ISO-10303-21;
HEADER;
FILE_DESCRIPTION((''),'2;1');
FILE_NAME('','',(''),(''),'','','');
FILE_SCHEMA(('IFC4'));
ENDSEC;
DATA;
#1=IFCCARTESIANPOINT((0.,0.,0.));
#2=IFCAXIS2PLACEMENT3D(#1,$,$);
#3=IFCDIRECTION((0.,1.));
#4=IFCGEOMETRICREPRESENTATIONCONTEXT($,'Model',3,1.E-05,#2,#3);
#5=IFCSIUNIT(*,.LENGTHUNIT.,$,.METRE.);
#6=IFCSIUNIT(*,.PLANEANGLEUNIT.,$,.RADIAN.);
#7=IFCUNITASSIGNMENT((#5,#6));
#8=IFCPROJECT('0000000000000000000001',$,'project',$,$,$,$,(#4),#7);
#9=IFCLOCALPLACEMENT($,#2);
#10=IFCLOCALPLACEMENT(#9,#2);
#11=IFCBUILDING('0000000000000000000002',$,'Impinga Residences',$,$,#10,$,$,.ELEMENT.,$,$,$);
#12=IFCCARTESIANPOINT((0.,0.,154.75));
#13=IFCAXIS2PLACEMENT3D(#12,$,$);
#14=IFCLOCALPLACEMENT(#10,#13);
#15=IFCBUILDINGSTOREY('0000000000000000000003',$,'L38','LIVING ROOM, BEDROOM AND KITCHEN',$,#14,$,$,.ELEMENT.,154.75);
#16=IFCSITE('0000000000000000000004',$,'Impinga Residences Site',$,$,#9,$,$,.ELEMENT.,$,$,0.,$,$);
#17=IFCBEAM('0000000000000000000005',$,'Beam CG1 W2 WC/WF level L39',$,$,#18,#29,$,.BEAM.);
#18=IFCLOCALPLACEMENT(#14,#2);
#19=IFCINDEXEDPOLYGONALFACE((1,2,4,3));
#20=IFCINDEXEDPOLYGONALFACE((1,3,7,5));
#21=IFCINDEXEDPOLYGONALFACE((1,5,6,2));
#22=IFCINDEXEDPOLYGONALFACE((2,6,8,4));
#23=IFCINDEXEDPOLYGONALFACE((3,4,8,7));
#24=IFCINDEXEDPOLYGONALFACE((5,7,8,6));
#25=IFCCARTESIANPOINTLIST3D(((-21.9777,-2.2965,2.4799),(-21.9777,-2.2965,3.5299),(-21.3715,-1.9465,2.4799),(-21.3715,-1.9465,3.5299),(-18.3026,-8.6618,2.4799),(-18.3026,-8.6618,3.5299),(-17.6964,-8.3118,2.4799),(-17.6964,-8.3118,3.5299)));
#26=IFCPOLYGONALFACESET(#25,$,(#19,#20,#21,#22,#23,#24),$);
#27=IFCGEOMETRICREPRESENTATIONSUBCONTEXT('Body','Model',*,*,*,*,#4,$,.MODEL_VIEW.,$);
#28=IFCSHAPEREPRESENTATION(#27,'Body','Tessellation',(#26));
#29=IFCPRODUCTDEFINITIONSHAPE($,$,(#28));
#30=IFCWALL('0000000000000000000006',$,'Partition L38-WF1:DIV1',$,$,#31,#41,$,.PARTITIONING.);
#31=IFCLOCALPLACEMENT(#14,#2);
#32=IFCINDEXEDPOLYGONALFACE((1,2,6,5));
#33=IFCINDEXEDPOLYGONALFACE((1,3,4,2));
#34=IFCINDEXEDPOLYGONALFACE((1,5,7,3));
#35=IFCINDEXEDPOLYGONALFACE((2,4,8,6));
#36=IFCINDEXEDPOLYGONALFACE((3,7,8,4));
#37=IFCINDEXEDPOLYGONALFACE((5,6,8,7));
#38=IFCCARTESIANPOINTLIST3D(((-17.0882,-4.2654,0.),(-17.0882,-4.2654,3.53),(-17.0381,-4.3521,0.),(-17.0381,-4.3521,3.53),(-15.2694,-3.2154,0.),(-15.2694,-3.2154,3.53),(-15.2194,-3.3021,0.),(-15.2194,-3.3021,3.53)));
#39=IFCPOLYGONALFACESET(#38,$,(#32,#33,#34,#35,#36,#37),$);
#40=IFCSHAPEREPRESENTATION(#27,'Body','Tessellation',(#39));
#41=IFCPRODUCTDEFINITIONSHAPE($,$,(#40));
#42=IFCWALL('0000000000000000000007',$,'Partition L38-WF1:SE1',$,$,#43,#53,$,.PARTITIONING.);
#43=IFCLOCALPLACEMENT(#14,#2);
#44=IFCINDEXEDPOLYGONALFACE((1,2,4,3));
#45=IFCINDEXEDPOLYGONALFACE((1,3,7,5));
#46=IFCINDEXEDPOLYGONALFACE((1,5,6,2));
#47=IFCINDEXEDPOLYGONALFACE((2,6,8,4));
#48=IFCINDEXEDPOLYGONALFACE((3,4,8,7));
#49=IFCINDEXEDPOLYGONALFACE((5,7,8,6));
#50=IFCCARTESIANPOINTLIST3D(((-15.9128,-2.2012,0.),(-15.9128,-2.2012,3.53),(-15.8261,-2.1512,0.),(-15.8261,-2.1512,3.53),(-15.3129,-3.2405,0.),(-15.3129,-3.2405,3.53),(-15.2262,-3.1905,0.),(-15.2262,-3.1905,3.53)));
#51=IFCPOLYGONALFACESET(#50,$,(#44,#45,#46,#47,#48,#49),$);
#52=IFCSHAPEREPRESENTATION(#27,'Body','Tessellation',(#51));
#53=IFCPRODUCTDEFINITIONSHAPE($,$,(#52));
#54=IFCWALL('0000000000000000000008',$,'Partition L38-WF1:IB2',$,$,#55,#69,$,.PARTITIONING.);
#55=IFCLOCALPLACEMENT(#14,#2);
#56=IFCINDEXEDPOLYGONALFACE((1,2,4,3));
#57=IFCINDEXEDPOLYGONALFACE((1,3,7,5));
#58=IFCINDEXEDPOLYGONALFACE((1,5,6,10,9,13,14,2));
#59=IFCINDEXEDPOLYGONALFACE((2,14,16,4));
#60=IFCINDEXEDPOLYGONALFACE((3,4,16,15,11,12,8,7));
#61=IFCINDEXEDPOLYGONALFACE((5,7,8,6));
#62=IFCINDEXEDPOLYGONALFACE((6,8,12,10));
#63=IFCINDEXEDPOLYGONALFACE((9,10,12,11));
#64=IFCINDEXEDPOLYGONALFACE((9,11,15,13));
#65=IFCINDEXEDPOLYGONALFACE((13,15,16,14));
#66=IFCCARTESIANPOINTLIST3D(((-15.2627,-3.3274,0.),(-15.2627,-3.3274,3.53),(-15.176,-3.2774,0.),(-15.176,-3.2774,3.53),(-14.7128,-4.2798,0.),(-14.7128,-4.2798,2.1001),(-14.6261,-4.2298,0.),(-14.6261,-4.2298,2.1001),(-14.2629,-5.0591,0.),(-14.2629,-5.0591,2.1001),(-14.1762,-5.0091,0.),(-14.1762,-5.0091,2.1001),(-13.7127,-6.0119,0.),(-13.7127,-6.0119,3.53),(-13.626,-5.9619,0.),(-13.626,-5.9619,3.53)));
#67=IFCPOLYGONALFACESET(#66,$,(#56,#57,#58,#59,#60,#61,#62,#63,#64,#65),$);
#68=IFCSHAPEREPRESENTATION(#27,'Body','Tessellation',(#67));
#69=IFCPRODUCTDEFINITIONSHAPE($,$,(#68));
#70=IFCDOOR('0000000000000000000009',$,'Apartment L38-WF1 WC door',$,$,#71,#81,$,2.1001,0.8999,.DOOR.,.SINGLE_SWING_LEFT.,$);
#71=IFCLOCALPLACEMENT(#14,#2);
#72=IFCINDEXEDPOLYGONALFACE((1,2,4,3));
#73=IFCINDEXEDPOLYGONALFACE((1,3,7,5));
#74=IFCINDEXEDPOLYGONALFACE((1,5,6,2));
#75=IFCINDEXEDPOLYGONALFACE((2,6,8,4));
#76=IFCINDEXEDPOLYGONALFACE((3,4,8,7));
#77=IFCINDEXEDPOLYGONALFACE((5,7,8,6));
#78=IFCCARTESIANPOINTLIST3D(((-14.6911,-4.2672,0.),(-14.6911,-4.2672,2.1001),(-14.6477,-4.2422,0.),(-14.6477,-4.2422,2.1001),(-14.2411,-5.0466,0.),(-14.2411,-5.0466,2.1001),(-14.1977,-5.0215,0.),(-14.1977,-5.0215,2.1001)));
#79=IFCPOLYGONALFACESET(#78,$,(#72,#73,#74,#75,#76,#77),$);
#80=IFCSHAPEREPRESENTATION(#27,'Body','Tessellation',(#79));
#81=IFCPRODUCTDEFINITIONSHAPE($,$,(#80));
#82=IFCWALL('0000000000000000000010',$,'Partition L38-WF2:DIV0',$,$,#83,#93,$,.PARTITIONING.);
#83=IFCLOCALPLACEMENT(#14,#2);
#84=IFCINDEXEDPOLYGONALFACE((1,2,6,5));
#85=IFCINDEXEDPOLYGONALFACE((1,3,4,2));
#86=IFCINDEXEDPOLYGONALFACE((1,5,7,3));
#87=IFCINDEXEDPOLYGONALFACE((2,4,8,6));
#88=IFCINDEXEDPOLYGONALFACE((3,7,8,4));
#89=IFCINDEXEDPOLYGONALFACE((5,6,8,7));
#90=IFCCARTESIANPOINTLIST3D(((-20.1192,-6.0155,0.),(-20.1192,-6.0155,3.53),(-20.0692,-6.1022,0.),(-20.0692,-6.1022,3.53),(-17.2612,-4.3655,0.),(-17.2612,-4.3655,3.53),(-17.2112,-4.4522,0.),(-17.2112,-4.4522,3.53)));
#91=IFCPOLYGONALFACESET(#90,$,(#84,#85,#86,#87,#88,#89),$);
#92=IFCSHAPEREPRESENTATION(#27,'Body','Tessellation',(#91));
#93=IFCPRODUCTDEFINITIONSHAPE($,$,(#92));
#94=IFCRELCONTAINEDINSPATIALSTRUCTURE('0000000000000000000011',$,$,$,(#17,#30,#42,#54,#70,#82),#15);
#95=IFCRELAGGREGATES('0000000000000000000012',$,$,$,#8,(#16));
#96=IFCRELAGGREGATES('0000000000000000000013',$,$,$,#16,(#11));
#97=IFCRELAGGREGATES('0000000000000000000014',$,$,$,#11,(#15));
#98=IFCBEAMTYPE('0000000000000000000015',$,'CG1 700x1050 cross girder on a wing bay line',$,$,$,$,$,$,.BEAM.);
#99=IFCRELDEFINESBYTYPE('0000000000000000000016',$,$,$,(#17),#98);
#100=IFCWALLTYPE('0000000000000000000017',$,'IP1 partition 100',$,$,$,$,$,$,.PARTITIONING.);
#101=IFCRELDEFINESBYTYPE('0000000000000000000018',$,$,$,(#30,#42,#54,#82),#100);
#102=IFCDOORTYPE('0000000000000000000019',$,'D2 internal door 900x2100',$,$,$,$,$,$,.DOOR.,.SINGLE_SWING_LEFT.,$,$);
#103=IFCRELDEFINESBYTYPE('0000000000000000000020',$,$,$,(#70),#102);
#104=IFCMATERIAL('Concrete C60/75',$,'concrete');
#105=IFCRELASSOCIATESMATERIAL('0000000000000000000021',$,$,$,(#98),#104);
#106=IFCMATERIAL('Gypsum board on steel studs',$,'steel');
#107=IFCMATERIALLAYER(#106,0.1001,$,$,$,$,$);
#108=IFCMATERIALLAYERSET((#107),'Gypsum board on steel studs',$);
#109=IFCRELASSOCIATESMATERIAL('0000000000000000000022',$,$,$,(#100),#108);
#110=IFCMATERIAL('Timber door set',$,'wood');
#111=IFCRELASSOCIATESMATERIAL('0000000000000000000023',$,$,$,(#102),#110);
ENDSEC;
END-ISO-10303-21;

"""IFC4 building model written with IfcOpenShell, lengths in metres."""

from ifc_helpers import new_model, si_unit, direction, frame, frame_2d, origin, origin_2d, place, context, subcontext, project, spatial, rectangle, extrude, material, layer, layer_set, material_profile, profile_set, type_object, element, fill, save


model = new_model("IFC4")

# Units and contexts
model_context = context("Model", 3, precision=1e-05, world=origin(), true_north=direction((0.0, 1.0)))
body_context = subcontext(model_context, "Body", "Model", "MODEL_VIEW")
ifc_project = project(units=[si_unit("LENGTHUNIT", "METRE"), si_unit("PLANEANGLEUNIT", "RADIAN")], contexts=[model_context])

# Site, building, storey
site_placement = place(None, origin())
site = spatial("IfcSite", under=ifc_project, at=site_placement, Name="Impinga Residences Site", CompositionType="ELEMENT", RefElevation=0.0)
building_placement = place(site_placement, origin())
building = spatial("IfcBuilding", under=site, at=building_placement, Name="Impinga Residences", CompositionType="ELEMENT")
storey_placement = place(building_placement, frame((0.0, 0.0, 154.75)))
storey = spatial("IfcBuildingStorey", under=building, at=storey_placement, Name="L38", Description="LIVING ROOM, BEDROOM AND KITCHEN", CompositionType="ELEMENT", Elevation=154.75)

# Beam
ifc_material_1 = material(Name="Concrete C60/75", Category="concrete")
ifc_material_profile = material_profile(ifc_material_1, rectangle(XDim=0.7, YDim=1.05, at=origin_2d()), Name="RC 700x1050")
ifc_profile_set = profile_set([ifc_material_profile], Name="Concrete C60/75")
beam_type = type_object("IfcBeamType", Name="CG1 700x1050 cross girder on a wing bay line", PredefinedType="BEAM", material=ifc_profile_set)
beam_placement = place(storey_placement, frame((-17.9995, -8.4868, 3.0049), z_axis=(-0.500008, 0.866021, 0.0), x_axis=(-0.866021, -0.500008, 0.0)))
element("IfcBeam", 1, at=beam_placement, inside=storey, type_object=beam_type, Name="Beam CG1 W2 WC/WF level L39", PredefinedType="BEAM", context=body_context, shape_type="SweptSolid", body=[
    extrude(rectangle(XDim=0.7, YDim=1.05, at=origin_2d()), origin(), (0.0, 0.0, 1.0), 7.3501),
])

# Walls
ifc_material_2 = material(Name="Gypsum board on steel studs", Category="steel")
ifc_layer_1 = layer(ifc_material_2, 0.1001)
ifc_layer_set_1 = layer_set([ifc_layer_1], Name="Gypsum board on steel studs")
wall_type_1 = type_object("IfcWallType", Name="IP1 partition 100", PredefinedType="PARTITIONING", material=ifc_layer_set_1)
wall_1_placement = place(storey_placement, frame((-15.2444, -3.2588, 0.0), z_axis=(0.0, 0.0, 1.0), x_axis=(-0.866038, -0.499977, 0.0)))
element("IfcWall", 2, at=wall_1_placement, inside=storey, type_object=wall_type_1, Name="Partition L38-WF1:DIV1", PredefinedType="PARTITIONING", context=body_context, shape_type="SweptSolid", body=[
    extrude(rectangle(XDim=2.1001, YDim=0.1001, at=frame_2d((1.05, 0.0))), origin(), (0.0, 0.0, 1.0), 3.53),
])
wall_2_placement = place(storey_placement, frame((-15.2695, -3.2156, 0.0), z_axis=(0.0, 0.0, 1.0), x_axis=(-0.499881, 0.866094, 0.0)))
element("IfcWall", 3, at=wall_2_placement, inside=storey, type_object=wall_type_1, Name="Partition L38-WF1:SE1", PredefinedType="PARTITIONING", context=body_context, shape_type="SweptSolid", body=[
    extrude(rectangle(XDim=1.2, YDim=0.1001, at=frame_2d((0.6001, 0.0))), origin(), (0.0, 0.0, 1.0), 3.53),
])

# Wall, opening, door
wall_3_placement = place(storey_placement, frame((-13.6694, -5.9868, 0.0), z_axis=(0.0, 0.0, 1.0), x_axis=(-0.500027, 0.86601, 0.0)))
wall_3 = element("IfcWall", 4, at=wall_3_placement, inside=storey, type_object=wall_type_1, Name="Partition L38-WF1:IB2", PredefinedType="PARTITIONING", context=body_context, shape_type="SweptSolid", body=[
    extrude(rectangle(XDim=3.0999, YDim=0.1001, at=frame_2d((1.5498, 0.0))), origin(), (0.0, 0.0, 1.0), 3.53),
])
opening_1_placement = place(wall_3_placement, frame((1.1001, 0.0, 0.0)))
opening_1 = element("IfcOpeningElement", 5, at=opening_1_placement, cuts=wall_3, PredefinedType="OPENING", context=body_context, shape_type="SweptSolid", body=[
    extrude(rectangle(XDim=0.8999, YDim=2.1001, at=frame_2d((0.45, 1.05))), frame((0.0, 0.0601, 0.0), z_axis=(0.0, -1.0, 0.0), x_axis=(1.0, 0.0, 0.0)), (0.0, 0.0, 1.0), 0.1201),
])
ifc_material_3 = material(Name="Timber door set", Category="wood")
door_type = type_object("IfcDoorType", Name="D2 internal door 900x2100", OperationType="SINGLE_SWING_LEFT", PredefinedType="DOOR", material=ifc_material_3)
door_1_placement = place(opening_1_placement, origin())
door_1 = element("IfcDoor", 6, at=door_1_placement, inside=storey, type_object=door_type, Name="Apartment L38-WF1 WC door", OperationType="SINGLE_SWING_LEFT", OverallHeight=2.1001, OverallWidth=0.8999, PredefinedType="DOOR", context=body_context, shape_type="SweptSolid", body=[
    extrude(rectangle(XDim=0.8999, YDim=2.1001, at=frame_2d((0.45, 1.05))), frame((0.0, 0.0249, 0.0), z_axis=(0.0, -1.0, 0.0), x_axis=(1.0, 0.0, 0.0)), (0.0, 0.0, 1.0), 0.05),
])
fill(opening_1, door_1)

# Wall
wall_4_placement = place(storey_placement, frame((-17.2363, -4.4089, 0.0), z_axis=(0.0, 0.0, 1.0), x_axis=(-0.86604, -0.499974, 0.0)))
element("IfcWall", 7, at=wall_4_placement, inside=storey, type_object=wall_type_1, Name="Partition L38-WF2:DIV0", PredefinedType="PARTITIONING", context=body_context, shape_type="SweptSolid", body=[
    extrude(rectangle(XDim=3.3, YDim=0.1001, at=frame_2d((1.6499, 0.0))), origin(), (0.0, 0.0, 1.0), 3.53),
])

save(model, "model.ifc")
